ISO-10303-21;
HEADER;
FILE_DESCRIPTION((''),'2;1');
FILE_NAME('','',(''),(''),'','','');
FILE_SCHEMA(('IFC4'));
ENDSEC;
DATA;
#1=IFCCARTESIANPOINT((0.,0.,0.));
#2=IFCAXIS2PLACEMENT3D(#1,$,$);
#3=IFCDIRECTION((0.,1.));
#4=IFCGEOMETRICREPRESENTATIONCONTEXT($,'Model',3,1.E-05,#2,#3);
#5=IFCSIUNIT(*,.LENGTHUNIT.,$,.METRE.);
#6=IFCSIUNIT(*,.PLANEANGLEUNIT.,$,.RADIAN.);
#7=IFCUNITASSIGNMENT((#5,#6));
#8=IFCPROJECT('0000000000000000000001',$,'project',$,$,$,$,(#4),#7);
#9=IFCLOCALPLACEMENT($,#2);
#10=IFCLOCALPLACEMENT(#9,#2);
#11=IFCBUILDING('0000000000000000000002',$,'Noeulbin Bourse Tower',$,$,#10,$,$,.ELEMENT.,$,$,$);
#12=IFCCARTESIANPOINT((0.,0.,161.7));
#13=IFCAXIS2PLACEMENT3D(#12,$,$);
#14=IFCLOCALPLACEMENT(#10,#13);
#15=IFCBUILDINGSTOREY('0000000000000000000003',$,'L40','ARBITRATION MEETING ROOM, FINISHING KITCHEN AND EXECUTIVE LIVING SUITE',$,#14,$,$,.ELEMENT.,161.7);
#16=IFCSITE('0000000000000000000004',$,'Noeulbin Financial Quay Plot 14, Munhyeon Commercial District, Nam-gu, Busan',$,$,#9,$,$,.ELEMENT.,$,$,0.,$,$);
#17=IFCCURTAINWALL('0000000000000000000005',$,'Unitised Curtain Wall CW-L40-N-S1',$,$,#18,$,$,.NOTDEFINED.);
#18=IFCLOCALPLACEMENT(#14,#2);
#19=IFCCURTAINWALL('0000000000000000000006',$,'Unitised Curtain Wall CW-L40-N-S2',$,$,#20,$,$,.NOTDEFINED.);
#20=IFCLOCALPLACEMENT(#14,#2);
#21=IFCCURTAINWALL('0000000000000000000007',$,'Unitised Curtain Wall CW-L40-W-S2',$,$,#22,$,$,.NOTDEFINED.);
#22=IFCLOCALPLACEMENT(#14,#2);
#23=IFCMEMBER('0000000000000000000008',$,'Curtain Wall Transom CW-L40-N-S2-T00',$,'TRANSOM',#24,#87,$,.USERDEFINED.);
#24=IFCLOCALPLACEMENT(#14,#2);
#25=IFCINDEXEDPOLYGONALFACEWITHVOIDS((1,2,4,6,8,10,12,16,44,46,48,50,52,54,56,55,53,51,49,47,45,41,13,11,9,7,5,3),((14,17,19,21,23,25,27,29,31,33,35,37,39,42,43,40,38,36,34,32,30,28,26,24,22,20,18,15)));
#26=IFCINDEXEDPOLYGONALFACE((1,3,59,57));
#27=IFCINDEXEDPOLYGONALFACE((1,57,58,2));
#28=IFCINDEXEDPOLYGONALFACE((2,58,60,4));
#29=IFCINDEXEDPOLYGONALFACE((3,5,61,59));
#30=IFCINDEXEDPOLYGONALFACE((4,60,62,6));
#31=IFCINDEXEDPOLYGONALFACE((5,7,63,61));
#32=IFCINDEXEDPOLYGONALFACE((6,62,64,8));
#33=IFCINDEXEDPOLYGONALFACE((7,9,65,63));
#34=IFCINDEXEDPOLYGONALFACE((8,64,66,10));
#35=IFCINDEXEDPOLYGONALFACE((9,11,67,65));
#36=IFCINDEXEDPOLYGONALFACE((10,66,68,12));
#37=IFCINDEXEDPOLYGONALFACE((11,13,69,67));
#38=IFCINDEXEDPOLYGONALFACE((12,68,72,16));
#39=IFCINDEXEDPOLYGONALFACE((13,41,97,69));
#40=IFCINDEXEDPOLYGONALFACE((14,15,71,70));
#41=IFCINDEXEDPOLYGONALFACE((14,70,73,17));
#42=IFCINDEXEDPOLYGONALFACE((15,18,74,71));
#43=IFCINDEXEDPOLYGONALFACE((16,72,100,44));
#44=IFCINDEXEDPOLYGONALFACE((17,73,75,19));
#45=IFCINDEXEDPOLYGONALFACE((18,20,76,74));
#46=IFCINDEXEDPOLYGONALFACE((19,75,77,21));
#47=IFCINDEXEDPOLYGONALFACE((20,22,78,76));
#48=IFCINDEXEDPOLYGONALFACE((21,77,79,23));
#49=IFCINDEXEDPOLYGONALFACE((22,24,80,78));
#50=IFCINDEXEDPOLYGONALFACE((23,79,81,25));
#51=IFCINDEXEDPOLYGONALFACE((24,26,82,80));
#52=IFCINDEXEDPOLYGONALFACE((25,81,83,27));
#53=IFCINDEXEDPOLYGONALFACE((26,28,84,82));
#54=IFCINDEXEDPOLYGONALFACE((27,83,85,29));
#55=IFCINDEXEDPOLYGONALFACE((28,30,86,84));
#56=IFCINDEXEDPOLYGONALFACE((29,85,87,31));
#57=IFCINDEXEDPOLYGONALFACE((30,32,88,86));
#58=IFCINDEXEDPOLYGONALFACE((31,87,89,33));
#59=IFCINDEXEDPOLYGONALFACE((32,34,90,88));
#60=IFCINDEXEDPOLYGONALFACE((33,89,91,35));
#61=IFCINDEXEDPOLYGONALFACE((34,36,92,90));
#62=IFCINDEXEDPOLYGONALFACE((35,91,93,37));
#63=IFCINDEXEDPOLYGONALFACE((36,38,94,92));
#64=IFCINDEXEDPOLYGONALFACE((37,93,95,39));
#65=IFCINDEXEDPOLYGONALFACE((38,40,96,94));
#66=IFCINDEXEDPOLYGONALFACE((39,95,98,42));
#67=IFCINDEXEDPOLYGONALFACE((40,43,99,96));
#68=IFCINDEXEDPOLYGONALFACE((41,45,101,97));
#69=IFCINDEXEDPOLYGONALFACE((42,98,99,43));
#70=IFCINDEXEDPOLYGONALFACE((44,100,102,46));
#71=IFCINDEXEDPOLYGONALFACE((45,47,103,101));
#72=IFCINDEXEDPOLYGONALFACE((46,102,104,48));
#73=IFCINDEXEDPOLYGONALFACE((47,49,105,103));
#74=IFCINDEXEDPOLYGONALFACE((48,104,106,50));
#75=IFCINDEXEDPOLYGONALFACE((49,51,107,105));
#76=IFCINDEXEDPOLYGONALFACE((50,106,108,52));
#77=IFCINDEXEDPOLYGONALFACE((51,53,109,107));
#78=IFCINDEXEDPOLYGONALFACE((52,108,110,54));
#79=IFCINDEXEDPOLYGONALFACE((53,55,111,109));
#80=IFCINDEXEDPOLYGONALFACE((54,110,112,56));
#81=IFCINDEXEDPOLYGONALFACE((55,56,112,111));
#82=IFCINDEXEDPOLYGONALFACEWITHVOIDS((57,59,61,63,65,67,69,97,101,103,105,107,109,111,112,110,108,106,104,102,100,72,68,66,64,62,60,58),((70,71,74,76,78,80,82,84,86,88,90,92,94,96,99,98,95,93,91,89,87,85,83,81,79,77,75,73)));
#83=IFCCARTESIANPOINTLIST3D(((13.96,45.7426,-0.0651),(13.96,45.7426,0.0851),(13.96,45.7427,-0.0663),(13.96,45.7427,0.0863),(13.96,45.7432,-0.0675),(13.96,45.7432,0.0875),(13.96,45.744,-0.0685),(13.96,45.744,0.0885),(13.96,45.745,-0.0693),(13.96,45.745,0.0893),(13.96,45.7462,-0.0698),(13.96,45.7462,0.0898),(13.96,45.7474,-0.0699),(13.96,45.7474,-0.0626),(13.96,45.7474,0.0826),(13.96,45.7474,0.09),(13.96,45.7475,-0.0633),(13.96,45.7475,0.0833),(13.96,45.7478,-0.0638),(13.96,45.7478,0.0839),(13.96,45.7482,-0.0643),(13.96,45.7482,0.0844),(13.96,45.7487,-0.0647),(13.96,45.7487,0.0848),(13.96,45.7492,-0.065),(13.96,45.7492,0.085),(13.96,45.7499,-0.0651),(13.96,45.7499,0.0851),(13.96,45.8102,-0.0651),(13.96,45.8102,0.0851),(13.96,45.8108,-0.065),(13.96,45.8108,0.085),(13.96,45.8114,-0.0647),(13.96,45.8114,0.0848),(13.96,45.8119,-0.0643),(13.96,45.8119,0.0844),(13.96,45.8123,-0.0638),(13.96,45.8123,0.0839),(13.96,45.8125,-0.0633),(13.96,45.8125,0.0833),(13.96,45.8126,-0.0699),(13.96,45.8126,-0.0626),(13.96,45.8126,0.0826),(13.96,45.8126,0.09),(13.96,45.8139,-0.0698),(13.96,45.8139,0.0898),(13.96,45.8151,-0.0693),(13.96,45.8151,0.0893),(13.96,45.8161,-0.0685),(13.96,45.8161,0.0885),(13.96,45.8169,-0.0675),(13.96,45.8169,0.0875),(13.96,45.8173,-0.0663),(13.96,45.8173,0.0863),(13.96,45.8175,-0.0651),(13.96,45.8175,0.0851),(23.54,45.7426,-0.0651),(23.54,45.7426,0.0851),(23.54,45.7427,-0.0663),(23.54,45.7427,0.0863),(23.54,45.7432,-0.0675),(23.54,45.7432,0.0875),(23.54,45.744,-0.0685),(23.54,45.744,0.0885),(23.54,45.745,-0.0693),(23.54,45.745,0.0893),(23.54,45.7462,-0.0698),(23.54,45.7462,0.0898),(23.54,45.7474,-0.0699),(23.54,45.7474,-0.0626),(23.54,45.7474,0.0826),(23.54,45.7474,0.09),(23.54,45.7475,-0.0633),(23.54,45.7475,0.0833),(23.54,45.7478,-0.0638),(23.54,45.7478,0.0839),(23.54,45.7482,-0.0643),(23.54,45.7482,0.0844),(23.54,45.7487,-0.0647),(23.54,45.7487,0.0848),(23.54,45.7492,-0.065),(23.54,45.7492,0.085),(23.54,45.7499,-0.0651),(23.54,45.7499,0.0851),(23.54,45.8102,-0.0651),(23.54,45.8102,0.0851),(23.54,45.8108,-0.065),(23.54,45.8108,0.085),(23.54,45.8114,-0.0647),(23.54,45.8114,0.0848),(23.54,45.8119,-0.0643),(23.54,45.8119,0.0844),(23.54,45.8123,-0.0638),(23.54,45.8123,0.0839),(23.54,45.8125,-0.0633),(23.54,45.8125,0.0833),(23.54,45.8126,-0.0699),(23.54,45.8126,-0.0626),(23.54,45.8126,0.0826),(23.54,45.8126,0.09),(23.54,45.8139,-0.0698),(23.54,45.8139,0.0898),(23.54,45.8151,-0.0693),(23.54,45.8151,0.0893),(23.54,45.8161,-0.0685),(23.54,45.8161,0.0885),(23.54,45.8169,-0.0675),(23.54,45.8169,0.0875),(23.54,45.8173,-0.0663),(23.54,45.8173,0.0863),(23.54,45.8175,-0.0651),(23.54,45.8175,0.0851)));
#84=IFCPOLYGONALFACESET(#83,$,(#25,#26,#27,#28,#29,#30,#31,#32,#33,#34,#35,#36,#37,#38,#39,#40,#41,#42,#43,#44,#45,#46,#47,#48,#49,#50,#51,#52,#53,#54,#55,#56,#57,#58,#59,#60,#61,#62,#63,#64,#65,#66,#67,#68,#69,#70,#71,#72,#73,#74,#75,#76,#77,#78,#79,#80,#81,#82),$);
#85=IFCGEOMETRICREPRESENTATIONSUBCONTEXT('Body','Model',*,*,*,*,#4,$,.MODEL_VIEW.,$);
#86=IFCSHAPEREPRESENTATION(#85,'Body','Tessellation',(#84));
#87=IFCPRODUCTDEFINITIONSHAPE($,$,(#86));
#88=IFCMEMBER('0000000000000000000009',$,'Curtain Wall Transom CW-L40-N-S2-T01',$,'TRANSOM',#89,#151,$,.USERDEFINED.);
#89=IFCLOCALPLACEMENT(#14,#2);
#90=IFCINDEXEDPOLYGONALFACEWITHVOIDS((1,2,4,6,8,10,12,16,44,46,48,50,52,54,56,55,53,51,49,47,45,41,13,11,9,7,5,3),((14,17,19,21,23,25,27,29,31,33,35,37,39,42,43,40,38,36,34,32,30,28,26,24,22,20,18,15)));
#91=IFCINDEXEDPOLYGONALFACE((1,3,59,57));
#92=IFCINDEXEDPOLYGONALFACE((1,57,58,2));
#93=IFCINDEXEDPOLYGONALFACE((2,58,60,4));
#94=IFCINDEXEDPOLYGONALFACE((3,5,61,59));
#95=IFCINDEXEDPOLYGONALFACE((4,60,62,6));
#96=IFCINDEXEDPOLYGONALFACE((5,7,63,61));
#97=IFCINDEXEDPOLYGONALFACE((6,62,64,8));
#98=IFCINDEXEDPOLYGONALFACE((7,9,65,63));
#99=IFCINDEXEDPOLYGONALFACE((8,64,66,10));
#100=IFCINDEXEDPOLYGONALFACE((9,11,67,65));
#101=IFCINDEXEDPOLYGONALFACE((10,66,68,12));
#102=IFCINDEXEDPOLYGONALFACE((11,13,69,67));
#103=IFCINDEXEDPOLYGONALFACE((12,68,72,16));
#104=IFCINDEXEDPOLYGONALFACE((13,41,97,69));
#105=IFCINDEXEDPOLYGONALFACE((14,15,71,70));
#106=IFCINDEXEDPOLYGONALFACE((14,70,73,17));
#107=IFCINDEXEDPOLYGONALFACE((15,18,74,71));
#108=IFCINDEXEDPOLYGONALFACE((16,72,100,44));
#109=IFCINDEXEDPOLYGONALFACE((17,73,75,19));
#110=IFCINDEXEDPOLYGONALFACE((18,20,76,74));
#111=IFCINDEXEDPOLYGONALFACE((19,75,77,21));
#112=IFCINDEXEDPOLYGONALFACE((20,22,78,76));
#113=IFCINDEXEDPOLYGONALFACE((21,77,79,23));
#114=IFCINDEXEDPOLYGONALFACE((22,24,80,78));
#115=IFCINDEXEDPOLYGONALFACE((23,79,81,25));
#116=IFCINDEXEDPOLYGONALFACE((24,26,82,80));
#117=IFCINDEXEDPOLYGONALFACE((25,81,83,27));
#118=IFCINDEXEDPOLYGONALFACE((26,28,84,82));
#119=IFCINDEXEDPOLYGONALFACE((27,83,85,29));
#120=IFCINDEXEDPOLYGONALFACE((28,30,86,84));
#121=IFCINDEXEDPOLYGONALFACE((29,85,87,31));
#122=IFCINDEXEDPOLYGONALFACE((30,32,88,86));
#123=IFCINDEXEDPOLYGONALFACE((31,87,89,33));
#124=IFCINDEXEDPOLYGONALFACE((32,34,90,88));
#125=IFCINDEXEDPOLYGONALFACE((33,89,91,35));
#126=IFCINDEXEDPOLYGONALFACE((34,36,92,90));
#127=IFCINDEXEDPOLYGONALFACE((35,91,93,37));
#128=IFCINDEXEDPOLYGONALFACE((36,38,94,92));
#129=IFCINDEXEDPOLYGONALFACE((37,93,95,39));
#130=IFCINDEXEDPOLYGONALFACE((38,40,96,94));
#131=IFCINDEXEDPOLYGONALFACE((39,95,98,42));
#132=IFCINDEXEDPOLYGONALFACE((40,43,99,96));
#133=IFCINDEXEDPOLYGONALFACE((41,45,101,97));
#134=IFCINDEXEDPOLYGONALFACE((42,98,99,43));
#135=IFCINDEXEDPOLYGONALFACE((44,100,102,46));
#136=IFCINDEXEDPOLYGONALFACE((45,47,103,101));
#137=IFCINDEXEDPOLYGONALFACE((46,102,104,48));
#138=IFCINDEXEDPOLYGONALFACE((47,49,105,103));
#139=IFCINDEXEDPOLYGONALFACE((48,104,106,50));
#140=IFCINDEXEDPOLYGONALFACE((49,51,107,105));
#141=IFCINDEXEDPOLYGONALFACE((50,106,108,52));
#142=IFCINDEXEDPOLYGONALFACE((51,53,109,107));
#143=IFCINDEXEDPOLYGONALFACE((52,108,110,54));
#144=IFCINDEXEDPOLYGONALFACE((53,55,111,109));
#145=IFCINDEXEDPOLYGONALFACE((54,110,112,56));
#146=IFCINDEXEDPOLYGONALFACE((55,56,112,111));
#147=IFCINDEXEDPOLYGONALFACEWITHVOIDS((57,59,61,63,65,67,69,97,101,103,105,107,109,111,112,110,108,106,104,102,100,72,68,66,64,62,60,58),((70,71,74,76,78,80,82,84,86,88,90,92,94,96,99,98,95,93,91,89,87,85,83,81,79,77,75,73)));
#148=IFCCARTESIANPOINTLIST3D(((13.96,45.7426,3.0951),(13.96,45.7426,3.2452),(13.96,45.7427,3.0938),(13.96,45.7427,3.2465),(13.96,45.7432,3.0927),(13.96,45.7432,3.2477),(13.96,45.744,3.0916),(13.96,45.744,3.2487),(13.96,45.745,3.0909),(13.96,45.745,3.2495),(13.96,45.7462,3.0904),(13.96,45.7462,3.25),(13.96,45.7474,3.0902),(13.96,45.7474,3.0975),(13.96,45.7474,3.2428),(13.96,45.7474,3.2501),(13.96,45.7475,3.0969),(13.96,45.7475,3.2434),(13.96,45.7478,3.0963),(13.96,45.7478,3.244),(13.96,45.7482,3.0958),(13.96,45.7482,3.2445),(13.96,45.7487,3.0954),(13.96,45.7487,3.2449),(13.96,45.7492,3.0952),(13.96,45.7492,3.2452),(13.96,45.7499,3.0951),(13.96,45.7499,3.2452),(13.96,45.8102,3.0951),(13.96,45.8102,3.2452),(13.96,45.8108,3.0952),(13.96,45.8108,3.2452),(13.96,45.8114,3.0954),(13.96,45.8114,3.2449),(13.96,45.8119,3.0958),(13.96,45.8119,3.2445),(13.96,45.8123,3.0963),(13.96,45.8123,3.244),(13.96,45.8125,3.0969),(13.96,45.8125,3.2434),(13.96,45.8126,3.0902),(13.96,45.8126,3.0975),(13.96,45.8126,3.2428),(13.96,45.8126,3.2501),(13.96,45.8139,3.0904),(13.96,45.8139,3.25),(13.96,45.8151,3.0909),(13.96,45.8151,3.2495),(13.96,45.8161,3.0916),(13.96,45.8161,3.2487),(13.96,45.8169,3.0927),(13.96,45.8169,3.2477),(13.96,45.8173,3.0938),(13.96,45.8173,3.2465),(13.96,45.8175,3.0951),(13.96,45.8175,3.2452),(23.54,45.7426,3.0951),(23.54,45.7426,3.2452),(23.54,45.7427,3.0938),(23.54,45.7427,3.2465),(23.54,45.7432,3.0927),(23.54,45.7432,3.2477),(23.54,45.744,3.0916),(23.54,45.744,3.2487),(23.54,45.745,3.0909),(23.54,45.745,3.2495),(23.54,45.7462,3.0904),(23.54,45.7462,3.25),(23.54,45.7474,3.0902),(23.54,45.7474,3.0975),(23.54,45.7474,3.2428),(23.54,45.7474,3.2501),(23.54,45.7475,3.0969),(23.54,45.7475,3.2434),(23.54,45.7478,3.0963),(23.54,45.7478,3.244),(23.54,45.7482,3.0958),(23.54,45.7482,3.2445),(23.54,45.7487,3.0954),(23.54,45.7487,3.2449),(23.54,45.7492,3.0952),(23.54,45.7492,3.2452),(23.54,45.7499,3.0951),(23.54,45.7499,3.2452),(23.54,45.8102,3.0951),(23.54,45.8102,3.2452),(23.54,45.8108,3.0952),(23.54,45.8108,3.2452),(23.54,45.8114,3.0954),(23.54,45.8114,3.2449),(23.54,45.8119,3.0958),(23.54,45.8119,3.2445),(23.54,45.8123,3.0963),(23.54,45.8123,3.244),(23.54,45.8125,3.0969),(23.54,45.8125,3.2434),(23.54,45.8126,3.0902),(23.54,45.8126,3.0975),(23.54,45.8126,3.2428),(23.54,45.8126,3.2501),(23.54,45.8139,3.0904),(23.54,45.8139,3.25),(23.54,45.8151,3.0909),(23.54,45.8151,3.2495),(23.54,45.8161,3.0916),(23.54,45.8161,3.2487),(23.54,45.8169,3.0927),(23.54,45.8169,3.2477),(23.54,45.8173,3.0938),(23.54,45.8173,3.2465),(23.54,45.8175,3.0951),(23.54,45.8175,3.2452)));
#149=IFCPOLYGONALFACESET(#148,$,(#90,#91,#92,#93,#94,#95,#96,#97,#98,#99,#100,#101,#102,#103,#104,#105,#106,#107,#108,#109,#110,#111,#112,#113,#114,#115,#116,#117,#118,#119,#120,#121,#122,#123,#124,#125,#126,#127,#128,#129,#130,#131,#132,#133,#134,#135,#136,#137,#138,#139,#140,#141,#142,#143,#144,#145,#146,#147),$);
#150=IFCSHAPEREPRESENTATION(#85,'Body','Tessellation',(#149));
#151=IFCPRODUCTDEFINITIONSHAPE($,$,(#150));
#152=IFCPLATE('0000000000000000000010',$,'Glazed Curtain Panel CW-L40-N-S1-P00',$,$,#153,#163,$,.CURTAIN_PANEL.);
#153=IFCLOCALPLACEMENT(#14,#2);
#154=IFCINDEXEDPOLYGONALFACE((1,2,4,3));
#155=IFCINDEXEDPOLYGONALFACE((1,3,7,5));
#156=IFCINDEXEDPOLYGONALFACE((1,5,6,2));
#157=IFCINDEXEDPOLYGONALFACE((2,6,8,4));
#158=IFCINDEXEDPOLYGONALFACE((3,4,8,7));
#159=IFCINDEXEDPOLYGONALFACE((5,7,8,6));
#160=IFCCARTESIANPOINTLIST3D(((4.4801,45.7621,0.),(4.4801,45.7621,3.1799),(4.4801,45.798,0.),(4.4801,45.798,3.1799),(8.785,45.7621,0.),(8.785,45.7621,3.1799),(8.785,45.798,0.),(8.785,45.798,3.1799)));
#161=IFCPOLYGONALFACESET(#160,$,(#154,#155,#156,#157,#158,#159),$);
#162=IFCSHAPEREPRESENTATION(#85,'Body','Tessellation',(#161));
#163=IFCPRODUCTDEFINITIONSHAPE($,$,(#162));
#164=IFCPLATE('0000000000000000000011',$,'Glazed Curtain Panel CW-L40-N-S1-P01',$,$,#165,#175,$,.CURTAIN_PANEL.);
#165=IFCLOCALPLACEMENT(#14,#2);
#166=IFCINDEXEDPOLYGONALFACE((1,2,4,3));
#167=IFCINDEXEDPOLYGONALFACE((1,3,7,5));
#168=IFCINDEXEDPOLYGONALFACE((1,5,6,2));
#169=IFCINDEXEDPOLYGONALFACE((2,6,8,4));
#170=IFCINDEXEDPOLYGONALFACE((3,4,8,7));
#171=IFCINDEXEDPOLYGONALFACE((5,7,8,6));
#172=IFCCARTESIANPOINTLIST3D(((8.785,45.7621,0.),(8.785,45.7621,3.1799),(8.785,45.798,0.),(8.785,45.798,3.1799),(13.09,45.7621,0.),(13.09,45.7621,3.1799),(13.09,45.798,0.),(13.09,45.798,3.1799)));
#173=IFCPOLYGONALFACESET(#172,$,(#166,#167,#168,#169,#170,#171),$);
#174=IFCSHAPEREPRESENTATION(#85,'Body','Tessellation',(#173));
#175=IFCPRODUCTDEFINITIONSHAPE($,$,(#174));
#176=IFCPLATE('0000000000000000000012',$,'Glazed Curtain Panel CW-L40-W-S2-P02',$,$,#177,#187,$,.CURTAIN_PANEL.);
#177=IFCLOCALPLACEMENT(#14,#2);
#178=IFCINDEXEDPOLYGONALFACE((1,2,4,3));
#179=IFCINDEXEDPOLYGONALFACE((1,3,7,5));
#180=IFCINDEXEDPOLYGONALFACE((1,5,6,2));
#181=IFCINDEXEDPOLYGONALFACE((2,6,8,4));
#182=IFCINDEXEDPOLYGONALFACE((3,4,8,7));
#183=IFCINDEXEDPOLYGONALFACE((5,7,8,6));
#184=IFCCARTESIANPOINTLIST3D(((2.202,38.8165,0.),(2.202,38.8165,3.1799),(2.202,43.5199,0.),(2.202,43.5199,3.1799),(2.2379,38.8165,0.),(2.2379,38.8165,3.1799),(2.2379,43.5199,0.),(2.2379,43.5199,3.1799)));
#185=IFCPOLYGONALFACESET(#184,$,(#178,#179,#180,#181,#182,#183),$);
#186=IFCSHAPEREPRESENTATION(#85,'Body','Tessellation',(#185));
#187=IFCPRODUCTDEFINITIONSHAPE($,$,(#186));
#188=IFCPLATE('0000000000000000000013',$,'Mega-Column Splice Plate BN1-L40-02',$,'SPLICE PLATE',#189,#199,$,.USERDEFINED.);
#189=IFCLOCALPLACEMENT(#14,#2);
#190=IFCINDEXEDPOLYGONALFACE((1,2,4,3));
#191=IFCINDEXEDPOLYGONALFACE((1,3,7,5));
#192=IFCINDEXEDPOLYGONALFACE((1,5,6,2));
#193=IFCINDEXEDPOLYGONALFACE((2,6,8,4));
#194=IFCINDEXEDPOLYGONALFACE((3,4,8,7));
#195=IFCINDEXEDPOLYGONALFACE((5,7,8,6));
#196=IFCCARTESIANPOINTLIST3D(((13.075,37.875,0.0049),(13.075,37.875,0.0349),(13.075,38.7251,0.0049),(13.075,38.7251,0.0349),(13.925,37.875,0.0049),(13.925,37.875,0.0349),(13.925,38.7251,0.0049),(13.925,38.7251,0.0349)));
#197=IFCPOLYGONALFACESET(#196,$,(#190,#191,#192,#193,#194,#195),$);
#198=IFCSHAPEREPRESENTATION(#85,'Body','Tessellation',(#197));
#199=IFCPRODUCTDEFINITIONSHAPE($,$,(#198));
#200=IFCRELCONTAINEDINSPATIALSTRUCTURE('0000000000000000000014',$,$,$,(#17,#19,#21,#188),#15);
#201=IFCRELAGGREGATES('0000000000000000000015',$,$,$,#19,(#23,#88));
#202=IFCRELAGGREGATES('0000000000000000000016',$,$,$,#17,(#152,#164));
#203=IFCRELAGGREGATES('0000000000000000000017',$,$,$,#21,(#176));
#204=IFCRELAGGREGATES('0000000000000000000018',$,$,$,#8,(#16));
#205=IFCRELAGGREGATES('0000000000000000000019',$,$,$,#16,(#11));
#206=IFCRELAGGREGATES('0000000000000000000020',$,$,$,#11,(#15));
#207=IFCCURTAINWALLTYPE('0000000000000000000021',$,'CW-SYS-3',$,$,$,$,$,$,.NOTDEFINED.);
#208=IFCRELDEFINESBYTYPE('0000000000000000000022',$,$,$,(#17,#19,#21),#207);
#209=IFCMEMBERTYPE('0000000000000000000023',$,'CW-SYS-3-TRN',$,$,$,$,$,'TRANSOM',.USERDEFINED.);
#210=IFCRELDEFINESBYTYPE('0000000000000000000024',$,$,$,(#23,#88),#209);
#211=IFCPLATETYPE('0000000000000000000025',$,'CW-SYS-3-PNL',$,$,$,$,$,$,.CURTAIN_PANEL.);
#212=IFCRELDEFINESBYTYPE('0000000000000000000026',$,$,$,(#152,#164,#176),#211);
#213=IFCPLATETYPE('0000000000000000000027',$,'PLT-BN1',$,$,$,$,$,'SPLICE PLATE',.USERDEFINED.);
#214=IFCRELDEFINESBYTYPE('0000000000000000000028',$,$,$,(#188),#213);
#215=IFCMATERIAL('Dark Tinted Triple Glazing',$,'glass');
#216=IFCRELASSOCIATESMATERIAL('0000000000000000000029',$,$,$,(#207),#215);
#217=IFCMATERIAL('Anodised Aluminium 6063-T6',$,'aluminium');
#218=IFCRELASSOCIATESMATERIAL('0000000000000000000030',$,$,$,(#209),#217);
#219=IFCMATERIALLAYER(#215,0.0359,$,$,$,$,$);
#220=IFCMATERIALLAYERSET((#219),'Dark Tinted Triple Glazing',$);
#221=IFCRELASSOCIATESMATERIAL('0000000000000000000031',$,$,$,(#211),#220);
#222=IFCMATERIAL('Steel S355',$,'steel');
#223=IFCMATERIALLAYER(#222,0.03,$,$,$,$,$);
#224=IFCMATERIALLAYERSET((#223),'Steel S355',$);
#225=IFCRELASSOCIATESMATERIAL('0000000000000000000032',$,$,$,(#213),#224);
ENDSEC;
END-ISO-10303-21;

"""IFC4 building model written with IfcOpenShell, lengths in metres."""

from ifc_helpers import new_model, si_unit, direction, frame, origin, origin_2d, place, context, subcontext, project, spatial, rectangle, hollow_rectangle, extrude, material, layer, layer_set, material_profile, profile_set, type_object, element, aggregate, save


model = new_model("IFC4")

# Units and contexts
model_context = context("Model", 3, precision=1e-05, world=origin(), true_north=direction((0.0, 1.0)))
body_context = subcontext(model_context, "Body", "Model", "MODEL_VIEW")
ifc_project = project(units=[si_unit("LENGTHUNIT", "METRE"), si_unit("PLANEANGLEUNIT", "RADIAN")], contexts=[model_context])

# Site, building, storey
site_placement = place(None, origin())
site = spatial("IfcSite", under=ifc_project, at=site_placement, Name="Noeulbin Financial Quay Plot 14, Munhyeon Commercial District, Nam-gu, Busan", CompositionType="ELEMENT", RefElevation=0.0)
building_placement = place(site_placement, origin())
building = spatial("IfcBuilding", under=site, at=building_placement, Name="Noeulbin Bourse Tower", CompositionType="ELEMENT")
storey_placement = place(building_placement, frame((0.0, 0.0, 161.7)))
storey = spatial("IfcBuildingStorey", under=building, at=storey_placement, Name="L40", Description="ARBITRATION MEETING ROOM, FINISHING KITCHEN AND EXECUTIVE LIVING SUITE", CompositionType="ELEMENT", Elevation=161.7)

# Shared definitions
ifc_material_1 = material(Name="Steel S355", Category="steel")

# Curtain wall
ifc_material_2 = material(Name="Dark Tinted Triple Glazing", Category="glass")
curtain_wall_type = type_object("IfcCurtainWallType", Name="CW-SYS-3", PredefinedType="NOTDEFINED", material=ifc_material_2)
curtain_wall_1_placement = place(storey_placement, origin())
curtain_wall_1 = element("IfcCurtainWall", 1, at=curtain_wall_1_placement, inside=storey, type_object=curtain_wall_type, Name="Unitised Curtain Wall CW-L40-N-S1", PredefinedType="NOTDEFINED")
ifc_material_3 = material(Name="Anodised Aluminium 6063-T6", Category="aluminium")

# Curtain wall
curtain_wall_2_placement = place(storey_placement, origin())
curtain_wall_2 = element("IfcCurtainWall", 2, at=curtain_wall_2_placement, inside=storey, type_object=curtain_wall_type, Name="Unitised Curtain Wall CW-L40-N-S2", PredefinedType="NOTDEFINED")

# Curtain wall
curtain_wall_3_placement = place(storey_placement, origin())
curtain_wall_3 = element("IfcCurtainWall", 3, at=curtain_wall_3_placement, inside=storey, type_object=curtain_wall_type, Name="Unitised Curtain Wall CW-L40-W-S2", PredefinedType="NOTDEFINED")

# Members
ifc_material_profile_1 = material_profile(ifc_material_3, hollow_rectangle(XDim=0.075, YDim=0.1599, WallThickness=0.0049, InnerFilletRadius=0.0024, OuterFilletRadius=0.0049, at=origin_2d()), Name="ALU-TRAN-75x160x5", Category="LoadBearing")
ifc_profile_set_1 = profile_set([ifc_material_profile_1], Name="Anodised Aluminium 6063-T6")
member_type_1 = type_object("IfcMemberType", Name="CW-SYS-3-TRN", ElementType="TRANSOM", PredefinedType="USERDEFINED", material=ifc_profile_set_1)
member_1_placement = place(storey_placement, frame((13.96, 45.78, 0.01), z_axis=(1.0, 0.0, 0.0), x_axis=(0.0, 1.0, 0.0)))
member_1 = element("IfcMember", 4, at=member_1_placement, type_object=member_type_1, Name="Curtain Wall Transom CW-L40-N-S2-T00", ObjectType="TRANSOM", PredefinedType="USERDEFINED", context=body_context, shape_type="SweptSolid", body=[
    extrude(hollow_rectangle(XDim=0.075, YDim=0.1599, WallThickness=0.0049, InnerFilletRadius=0.0024, OuterFilletRadius=0.0049, at=origin_2d()), origin(), (0.0, 0.0, 1.0), 9.5801),
])
member_2_placement = place(storey_placement, frame((13.96, 45.78, 3.1702), z_axis=(1.0, 0.0, 0.0), x_axis=(0.0, 1.0, 0.0)))
member_2 = element("IfcMember", 5, at=member_2_placement, type_object=member_type_1, Name="Curtain Wall Transom CW-L40-N-S2-T01", ObjectType="TRANSOM", PredefinedType="USERDEFINED", context=body_context, shape_type="SweptSolid", body=[
    extrude(hollow_rectangle(XDim=0.075, YDim=0.1599, WallThickness=0.0049, InnerFilletRadius=0.0024, OuterFilletRadius=0.0049, at=origin_2d()), origin(), (0.0, 0.0, 1.0), 9.5801),
])
aggregate(curtain_wall_2, [member_1, member_2])

# Plates
ifc_layer_1 = layer(ifc_material_2, 0.0359)
ifc_layer_set_1 = layer_set([ifc_layer_1], Name="Dark Tinted Triple Glazing")
plate_type_1 = type_object("IfcPlateType", Name="CW-SYS-3-PNL", PredefinedType="CURTAIN_PANEL", material=ifc_layer_set_1)
plate_1_placement = place(storey_placement, frame((6.6326, 45.78, 0.0), z_axis=(0.0, 0.0, 1.0), x_axis=(1.0, 0.0, 0.0)))
plate_1 = element("IfcPlate", 6, at=plate_1_placement, type_object=plate_type_1, Name="Glazed Curtain Panel CW-L40-N-S1-P00", PredefinedType="CURTAIN_PANEL", context=body_context, shape_type="SweptSolid", body=[
    extrude(rectangle(XDim=4.3049, YDim=0.0359, at=origin_2d()), origin(), (0.0, 0.0, 1.0), 3.1799),
])
plate_2_placement = place(storey_placement, frame((10.9375, 45.78, 0.0), z_axis=(0.0, 0.0, 1.0), x_axis=(1.0, 0.0, 0.0)))
plate_2 = element("IfcPlate", 7, at=plate_2_placement, type_object=plate_type_1, Name="Glazed Curtain Panel CW-L40-N-S1-P01", PredefinedType="CURTAIN_PANEL", context=body_context, shape_type="SweptSolid", body=[
    extrude(rectangle(XDim=4.3049, YDim=0.0359, at=origin_2d()), origin(), (0.0, 0.0, 1.0), 3.1799),
])
aggregate(curtain_wall_1, [plate_1, plate_2])
plate_3_placement = place(storey_placement, frame((2.22, 41.1682, 0.0), z_axis=(0.0, 0.0, 1.0), x_axis=(0.0, 1.0, 0.0)))
plate_3 = element("IfcPlate", 8, at=plate_3_placement, type_object=plate_type_1, Name="Glazed Curtain Panel CW-L40-W-S2-P02", PredefinedType="CURTAIN_PANEL", context=body_context, shape_type="SweptSolid", body=[
    extrude(rectangle(XDim=4.7034, YDim=0.0359, at=origin_2d()), origin(), (0.0, 0.0, 1.0), 3.1799),
])
aggregate(curtain_wall_3, [plate_3])

# Plate
ifc_layer_2 = layer(ifc_material_1, 0.03)
ifc_layer_set_2 = layer_set([ifc_layer_2], Name="Steel S355")
plate_type_2 = type_object("IfcPlateType", Name="PLT-BN1", ElementType="SPLICE PLATE", PredefinedType="USERDEFINED", material=ifc_layer_set_2)
for number, where, z_axis, x_axis, name in (
    (9, (13.5, 38.3, 0.0049), (0.0, 0.0, 1.0), (1.0, 0.0, 0.0), "Mega-Column Splice Plate BN1-L40-02"),
):
    element("IfcPlate", number, at=place(storey_placement, frame(where, z_axis=z_axis, x_axis=x_axis)), inside=storey, type_object=plate_type_2, Name=name, ObjectType="SPLICE PLATE", PredefinedType="USERDEFINED", context=body_context, shape_type="SweptSolid", body=[
        extrude(rectangle(XDim=0.8501, YDim=0.8501, at=origin_2d()), origin(), (0.0, 0.0, 1.0), 0.03),
    ])

save(model, "model.ifc")
